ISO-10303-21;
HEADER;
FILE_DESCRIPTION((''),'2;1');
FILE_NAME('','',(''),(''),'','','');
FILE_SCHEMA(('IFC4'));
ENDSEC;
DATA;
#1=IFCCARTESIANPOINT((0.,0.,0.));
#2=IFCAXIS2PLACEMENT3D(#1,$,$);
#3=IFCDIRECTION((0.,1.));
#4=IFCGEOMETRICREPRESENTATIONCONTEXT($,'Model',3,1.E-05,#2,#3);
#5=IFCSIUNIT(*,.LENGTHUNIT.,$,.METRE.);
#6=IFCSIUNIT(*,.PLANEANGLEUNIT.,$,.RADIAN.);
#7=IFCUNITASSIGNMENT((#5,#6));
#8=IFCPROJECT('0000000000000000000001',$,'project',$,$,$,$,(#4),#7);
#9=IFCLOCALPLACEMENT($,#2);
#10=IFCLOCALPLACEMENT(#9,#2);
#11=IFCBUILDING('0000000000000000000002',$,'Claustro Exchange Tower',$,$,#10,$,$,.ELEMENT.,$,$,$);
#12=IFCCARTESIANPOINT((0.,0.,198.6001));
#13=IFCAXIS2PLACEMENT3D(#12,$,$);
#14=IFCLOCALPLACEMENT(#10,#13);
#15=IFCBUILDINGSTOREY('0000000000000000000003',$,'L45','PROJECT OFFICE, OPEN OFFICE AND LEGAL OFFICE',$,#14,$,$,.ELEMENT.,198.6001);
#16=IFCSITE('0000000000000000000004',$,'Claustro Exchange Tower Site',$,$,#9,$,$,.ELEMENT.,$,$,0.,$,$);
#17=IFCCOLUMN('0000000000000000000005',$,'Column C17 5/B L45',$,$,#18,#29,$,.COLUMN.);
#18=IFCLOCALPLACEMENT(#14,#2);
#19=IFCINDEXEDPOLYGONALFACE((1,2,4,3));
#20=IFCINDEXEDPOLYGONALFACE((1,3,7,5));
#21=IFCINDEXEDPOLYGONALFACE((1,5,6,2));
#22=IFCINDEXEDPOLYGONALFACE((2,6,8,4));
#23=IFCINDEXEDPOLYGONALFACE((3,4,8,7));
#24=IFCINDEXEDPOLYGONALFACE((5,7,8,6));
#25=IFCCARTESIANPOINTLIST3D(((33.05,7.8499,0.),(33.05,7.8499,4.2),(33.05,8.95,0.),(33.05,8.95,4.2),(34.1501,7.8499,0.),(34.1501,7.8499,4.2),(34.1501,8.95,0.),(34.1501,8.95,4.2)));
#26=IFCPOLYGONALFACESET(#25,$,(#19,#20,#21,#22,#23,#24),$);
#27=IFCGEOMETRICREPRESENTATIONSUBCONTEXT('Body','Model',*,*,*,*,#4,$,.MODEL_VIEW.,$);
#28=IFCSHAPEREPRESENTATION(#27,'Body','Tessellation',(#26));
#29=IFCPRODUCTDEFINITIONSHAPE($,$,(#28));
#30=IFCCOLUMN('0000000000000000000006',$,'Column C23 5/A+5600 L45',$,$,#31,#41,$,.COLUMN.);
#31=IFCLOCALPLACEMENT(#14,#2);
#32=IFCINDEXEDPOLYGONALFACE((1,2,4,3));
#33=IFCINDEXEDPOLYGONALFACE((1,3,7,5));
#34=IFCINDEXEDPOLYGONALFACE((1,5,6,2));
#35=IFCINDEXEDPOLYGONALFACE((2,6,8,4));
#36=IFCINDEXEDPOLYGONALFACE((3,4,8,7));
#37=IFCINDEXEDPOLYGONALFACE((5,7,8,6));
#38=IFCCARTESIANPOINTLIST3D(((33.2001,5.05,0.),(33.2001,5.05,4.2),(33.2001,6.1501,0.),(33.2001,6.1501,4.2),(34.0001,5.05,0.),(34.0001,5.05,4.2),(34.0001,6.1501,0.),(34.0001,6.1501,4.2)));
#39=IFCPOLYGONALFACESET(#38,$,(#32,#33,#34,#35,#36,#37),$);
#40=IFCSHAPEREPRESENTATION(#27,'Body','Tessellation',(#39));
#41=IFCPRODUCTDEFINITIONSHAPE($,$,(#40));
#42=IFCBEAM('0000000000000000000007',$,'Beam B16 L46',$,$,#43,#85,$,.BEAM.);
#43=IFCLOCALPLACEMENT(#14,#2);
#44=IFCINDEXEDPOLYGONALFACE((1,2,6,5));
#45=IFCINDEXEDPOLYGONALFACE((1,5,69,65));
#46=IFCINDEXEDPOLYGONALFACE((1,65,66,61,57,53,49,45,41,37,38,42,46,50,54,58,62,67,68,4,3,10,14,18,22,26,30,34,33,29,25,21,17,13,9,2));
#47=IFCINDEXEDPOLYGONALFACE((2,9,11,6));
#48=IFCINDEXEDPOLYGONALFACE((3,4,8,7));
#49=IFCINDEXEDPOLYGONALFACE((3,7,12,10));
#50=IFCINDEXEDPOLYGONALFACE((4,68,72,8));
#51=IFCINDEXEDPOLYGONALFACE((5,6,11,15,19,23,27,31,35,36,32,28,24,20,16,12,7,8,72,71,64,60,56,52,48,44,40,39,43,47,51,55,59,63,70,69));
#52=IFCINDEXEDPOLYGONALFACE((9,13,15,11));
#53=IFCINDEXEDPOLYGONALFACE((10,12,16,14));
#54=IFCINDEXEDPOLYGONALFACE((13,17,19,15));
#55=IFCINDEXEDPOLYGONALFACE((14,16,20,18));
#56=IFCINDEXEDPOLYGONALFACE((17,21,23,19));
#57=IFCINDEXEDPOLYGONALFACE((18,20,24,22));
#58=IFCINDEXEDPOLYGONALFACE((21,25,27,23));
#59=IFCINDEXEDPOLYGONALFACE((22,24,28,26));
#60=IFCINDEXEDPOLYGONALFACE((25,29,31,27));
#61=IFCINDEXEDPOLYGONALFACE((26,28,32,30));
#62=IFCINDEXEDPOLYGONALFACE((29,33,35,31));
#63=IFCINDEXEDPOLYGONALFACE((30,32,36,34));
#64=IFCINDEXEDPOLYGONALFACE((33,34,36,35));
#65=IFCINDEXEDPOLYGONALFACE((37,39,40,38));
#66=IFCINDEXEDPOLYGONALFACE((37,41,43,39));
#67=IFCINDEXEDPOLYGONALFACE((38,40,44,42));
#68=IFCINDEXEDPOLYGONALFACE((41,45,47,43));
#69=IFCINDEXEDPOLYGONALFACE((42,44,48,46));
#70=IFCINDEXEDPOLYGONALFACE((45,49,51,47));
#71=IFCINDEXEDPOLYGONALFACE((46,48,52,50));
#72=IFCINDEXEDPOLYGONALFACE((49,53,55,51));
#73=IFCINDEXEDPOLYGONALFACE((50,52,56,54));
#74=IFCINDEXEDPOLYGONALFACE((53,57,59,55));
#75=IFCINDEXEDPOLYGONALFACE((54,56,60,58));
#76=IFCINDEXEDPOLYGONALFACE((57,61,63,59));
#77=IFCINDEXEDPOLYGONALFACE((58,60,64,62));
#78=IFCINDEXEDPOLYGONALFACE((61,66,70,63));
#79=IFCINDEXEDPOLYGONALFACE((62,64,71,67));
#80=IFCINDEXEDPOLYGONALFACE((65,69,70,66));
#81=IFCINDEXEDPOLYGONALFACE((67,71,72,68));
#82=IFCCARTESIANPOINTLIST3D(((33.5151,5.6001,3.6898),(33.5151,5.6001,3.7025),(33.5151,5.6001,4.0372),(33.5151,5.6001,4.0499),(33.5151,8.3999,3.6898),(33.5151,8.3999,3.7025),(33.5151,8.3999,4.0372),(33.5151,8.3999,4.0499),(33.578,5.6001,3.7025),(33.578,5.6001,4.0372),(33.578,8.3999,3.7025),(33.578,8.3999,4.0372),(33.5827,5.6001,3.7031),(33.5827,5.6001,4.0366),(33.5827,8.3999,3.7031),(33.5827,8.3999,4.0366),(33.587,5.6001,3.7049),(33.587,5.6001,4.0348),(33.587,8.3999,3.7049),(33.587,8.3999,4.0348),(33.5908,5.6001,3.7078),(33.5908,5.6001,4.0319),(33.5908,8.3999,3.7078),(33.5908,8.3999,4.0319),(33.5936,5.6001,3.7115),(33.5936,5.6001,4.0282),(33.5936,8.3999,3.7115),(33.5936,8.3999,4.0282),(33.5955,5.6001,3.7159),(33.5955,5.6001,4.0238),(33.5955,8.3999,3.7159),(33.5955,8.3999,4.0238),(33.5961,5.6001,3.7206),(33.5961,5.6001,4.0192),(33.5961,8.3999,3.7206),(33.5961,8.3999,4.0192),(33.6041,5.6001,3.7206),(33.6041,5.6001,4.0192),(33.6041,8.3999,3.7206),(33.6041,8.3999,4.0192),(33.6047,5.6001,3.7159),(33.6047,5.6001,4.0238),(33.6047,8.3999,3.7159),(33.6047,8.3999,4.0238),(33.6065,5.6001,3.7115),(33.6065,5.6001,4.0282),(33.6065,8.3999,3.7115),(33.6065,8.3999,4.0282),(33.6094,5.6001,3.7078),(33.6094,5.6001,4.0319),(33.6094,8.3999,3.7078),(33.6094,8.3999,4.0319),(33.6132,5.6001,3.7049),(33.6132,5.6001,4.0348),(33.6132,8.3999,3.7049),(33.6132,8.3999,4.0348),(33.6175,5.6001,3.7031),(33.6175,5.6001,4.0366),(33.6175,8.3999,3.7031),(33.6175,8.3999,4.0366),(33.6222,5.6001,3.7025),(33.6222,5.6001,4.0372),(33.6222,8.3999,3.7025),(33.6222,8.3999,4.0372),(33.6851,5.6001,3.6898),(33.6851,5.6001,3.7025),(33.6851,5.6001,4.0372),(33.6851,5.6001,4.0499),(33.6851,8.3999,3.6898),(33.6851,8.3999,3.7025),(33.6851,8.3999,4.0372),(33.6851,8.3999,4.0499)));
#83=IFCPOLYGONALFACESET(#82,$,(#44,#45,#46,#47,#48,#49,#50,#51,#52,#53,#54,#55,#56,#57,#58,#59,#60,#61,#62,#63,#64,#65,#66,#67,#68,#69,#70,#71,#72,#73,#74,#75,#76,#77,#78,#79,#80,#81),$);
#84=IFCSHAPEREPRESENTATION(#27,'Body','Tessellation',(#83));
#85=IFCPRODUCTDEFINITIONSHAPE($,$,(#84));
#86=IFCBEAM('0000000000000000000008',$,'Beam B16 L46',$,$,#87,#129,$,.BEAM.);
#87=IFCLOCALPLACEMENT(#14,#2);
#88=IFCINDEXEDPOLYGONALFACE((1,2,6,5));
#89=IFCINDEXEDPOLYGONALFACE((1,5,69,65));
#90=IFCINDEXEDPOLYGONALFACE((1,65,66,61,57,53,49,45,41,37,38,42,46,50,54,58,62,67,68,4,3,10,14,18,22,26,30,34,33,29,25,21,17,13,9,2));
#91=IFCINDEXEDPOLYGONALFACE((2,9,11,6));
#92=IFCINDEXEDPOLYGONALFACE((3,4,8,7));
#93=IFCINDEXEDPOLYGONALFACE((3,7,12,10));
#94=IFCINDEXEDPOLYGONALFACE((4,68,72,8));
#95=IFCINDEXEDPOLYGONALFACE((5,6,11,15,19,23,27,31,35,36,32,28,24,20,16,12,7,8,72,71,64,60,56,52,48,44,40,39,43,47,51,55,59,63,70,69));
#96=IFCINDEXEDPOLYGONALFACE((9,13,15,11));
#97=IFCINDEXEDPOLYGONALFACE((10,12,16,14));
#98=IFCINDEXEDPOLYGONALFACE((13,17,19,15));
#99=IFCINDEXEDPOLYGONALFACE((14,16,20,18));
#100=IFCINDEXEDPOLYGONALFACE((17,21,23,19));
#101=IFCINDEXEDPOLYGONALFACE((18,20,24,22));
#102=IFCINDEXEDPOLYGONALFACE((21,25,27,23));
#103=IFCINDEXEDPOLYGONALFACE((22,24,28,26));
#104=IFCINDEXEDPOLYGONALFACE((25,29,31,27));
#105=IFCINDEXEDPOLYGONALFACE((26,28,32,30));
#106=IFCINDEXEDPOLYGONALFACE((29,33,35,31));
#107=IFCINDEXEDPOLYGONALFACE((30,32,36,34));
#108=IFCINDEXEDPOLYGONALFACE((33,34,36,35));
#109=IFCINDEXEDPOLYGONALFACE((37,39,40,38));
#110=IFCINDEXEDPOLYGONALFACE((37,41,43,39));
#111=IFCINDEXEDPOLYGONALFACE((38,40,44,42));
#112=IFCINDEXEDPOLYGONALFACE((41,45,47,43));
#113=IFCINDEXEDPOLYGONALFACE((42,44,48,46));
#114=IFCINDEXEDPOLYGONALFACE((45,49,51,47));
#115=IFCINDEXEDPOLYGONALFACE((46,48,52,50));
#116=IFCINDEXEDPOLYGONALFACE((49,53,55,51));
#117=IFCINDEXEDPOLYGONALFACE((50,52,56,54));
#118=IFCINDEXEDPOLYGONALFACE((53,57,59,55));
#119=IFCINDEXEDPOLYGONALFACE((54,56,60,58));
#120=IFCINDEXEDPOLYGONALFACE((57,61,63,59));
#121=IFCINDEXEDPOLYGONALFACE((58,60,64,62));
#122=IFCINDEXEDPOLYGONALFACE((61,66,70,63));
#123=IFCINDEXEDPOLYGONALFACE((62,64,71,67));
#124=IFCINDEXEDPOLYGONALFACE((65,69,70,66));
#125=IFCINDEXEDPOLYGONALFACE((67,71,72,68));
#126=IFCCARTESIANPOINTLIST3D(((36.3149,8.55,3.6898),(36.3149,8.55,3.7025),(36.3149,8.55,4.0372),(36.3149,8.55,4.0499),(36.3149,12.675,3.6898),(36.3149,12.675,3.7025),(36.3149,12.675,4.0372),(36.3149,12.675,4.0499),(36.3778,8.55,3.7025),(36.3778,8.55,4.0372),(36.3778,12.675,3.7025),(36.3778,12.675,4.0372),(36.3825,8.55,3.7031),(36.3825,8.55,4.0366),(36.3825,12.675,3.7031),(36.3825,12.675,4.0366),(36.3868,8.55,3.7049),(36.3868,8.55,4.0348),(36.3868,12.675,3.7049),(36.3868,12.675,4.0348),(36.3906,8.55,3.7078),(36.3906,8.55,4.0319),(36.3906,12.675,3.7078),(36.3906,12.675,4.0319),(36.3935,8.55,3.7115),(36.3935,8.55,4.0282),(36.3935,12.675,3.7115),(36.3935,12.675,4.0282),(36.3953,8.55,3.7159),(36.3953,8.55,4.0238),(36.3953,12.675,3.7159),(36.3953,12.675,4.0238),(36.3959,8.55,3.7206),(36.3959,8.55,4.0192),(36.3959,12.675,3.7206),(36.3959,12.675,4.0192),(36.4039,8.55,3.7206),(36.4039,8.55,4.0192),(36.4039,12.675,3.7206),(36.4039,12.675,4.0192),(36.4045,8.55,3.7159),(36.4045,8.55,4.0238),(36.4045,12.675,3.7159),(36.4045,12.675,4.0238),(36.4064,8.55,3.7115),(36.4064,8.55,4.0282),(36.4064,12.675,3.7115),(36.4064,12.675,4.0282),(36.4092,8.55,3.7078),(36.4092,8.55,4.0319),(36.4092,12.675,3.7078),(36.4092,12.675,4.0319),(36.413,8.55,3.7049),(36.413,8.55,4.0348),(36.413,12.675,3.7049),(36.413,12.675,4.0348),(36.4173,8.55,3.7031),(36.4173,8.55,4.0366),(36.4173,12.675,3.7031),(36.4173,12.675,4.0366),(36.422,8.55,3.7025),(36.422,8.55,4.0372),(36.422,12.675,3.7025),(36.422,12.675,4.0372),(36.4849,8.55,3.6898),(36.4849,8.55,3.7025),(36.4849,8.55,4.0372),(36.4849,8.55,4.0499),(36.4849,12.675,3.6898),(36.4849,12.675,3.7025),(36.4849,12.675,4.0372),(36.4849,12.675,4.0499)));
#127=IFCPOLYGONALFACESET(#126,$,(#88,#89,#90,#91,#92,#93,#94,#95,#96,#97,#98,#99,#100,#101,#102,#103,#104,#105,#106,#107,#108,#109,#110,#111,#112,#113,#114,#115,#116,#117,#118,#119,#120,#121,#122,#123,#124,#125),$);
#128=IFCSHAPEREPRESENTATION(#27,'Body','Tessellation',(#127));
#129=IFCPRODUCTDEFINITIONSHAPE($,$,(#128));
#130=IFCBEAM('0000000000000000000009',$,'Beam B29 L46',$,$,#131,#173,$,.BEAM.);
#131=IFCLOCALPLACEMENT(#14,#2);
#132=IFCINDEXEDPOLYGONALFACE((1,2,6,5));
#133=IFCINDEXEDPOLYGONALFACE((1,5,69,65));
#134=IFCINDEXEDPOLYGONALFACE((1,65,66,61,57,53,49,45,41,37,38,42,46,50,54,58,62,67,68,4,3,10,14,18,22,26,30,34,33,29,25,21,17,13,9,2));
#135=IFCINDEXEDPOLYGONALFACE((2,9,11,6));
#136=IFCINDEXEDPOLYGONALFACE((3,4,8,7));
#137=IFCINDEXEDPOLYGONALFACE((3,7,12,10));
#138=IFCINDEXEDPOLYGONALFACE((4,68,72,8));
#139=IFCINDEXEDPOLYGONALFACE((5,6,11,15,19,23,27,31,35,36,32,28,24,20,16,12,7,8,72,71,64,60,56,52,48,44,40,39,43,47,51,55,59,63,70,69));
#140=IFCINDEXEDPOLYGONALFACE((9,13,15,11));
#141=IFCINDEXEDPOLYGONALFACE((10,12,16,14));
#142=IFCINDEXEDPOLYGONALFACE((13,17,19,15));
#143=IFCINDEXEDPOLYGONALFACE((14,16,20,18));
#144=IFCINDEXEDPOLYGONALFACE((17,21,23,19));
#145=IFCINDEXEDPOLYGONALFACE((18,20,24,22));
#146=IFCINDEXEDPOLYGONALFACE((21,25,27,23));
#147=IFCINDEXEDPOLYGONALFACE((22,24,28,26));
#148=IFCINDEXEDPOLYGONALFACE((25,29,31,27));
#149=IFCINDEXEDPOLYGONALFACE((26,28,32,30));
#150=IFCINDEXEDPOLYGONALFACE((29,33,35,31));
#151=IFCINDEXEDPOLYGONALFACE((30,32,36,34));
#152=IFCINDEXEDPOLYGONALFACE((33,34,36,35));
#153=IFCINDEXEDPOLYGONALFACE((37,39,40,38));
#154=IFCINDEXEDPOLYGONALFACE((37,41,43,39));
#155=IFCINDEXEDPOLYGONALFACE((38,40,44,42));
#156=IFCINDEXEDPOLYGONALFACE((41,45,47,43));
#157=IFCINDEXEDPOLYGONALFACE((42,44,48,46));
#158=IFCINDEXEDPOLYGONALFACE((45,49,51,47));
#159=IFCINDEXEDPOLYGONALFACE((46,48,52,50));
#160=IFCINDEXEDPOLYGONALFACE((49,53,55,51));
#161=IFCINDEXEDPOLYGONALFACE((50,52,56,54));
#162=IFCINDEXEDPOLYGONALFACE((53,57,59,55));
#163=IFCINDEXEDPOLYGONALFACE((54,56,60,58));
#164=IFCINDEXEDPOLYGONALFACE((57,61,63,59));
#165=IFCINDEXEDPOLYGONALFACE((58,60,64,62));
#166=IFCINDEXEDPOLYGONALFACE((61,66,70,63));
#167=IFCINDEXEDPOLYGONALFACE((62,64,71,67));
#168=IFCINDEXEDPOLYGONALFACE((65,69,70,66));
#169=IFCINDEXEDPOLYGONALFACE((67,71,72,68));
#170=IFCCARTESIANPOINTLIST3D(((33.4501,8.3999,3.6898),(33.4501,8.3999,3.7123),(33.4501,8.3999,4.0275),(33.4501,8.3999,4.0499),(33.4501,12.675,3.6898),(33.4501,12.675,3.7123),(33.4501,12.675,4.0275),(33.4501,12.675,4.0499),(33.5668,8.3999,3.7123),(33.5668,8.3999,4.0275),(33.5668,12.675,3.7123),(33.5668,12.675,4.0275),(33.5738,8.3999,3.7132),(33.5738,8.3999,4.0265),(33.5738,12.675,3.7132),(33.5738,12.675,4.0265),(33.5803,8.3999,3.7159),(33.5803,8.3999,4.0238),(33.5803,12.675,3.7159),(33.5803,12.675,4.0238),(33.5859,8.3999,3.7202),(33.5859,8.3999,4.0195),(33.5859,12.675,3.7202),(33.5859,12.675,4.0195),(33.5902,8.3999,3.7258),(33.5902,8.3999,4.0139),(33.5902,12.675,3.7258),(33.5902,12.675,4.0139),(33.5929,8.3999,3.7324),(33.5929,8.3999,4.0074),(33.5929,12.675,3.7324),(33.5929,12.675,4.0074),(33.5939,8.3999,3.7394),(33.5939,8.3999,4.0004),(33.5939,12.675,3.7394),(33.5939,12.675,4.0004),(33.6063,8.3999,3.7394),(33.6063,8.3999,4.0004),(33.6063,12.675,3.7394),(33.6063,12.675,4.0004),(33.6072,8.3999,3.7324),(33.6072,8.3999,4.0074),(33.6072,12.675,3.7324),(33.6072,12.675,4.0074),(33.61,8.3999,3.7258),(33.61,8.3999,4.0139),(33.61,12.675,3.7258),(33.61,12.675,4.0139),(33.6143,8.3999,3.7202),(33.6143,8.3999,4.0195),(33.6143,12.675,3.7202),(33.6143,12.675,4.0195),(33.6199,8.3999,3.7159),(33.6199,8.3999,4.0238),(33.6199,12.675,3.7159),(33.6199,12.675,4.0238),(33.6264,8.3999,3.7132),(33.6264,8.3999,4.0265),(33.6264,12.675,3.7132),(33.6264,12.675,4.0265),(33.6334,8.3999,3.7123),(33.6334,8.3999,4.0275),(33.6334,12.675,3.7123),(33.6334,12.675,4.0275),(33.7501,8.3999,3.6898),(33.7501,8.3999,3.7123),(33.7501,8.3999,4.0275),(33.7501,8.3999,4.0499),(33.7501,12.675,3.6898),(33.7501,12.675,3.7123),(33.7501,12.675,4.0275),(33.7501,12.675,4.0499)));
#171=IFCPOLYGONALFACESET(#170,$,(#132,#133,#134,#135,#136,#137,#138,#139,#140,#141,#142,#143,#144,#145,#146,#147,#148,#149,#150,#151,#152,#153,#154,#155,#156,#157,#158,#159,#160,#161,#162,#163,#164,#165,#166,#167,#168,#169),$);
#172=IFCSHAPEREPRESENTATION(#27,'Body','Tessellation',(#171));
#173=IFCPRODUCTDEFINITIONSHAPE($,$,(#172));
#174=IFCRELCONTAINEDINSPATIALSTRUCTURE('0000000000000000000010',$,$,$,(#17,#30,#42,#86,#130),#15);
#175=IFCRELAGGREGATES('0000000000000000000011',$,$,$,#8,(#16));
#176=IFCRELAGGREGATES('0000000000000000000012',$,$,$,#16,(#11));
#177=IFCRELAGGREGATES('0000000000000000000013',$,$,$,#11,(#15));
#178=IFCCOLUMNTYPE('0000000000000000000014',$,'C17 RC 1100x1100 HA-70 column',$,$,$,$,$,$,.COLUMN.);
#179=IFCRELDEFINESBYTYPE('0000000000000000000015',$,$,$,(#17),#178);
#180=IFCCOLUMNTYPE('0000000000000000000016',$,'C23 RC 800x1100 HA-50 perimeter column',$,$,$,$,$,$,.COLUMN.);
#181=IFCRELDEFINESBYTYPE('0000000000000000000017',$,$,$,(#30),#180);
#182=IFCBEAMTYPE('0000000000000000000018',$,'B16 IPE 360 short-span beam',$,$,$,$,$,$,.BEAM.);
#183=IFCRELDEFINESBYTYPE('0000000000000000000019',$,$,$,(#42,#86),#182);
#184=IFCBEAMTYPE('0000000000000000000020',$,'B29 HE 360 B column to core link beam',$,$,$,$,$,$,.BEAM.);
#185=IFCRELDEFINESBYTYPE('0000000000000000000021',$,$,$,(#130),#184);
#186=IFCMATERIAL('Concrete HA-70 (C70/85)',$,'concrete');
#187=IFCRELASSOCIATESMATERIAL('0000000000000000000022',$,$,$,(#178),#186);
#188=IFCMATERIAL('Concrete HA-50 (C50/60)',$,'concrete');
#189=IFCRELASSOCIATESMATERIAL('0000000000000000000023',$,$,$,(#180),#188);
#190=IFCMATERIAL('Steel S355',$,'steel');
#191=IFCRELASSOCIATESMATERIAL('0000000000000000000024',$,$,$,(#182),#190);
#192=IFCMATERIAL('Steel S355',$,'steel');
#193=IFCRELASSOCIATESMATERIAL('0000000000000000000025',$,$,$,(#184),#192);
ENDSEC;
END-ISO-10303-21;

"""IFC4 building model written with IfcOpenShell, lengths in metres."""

from ifc_helpers import new_model, si_unit, direction, frame, origin, origin_2d, place, context, subcontext, project, spatial, rectangle, i_section, extrude, material, material_profile, profile_set, type_object, element, save


model = new_model("IFC4")

# Units and contexts
model_context = context("Model", 3, precision=1e-05, world=origin(), true_north=direction((0.0, 1.0)))
body_context = subcontext(model_context, "Body", "Model", "MODEL_VIEW")
ifc_project = project(units=[si_unit("LENGTHUNIT", "METRE"), si_unit("PLANEANGLEUNIT", "RADIAN")], contexts=[model_context])

# Site, building, storey
site_placement = place(None, origin())
site = spatial("IfcSite", under=ifc_project, at=site_placement, Name="Claustro Exchange Tower Site", CompositionType="ELEMENT", RefElevation=0.0)
building_placement = place(site_placement, origin())
building = spatial("IfcBuilding", under=site, at=building_placement, Name="Claustro Exchange Tower", CompositionType="ELEMENT")
storey_placement = place(building_placement, frame((0.0, 0.0, 198.6001)))
storey = spatial("IfcBuildingStorey", under=building, at=storey_placement, Name="L45", Description="PROJECT OFFICE, OPEN OFFICE AND LEGAL OFFICE", CompositionType="ELEMENT", Elevation=198.6001)

# Columns
ifc_material_1 = material(Name="Concrete HA-70 (C70/85)", Category="concrete")
ifc_material_profile_1 = material_profile(ifc_material_1, rectangle(XDim=1.1001, YDim=1.1001, at=origin_2d()), Name="RC 1100x1100")
ifc_profile_set_1 = profile_set([ifc_material_profile_1], Name="Concrete HA-70 (C70/85)")
column_type_1 = type_object("IfcColumnType", Name="C17 RC 1100x1100 HA-70 column", PredefinedType="COLUMN", material=ifc_profile_set_1)
column_1_placement = place(storey_placement, frame((33.6001, 8.3999, 0.0), z_axis=(0.0, 0.0, 1.0), x_axis=(1.0, 0.0, 0.0)))
element("IfcColumn", 1, at=column_1_placement, inside=storey, type_object=column_type_1, Name="Column C17 5/B L45", PredefinedType="COLUMN", context=body_context, shape_type="SweptSolid", body=[
    extrude(rectangle(XDim=1.1001, YDim=1.1001, at=origin_2d()), origin(), (0.0, 0.0, 1.0), 4.2),
])
ifc_material_2 = material(Name="Concrete HA-50 (C50/60)", Category="concrete")
ifc_material_profile_2 = material_profile(ifc_material_2, rectangle(XDim=0.8, YDim=1.1001, at=origin_2d()), Name="RC 800x1100")
ifc_profile_set_2 = profile_set([ifc_material_profile_2], Name="Concrete HA-50 (C50/60)")
column_type_2 = type_object("IfcColumnType", Name="C23 RC 800x1100 HA-50 perimeter column", PredefinedType="COLUMN", material=ifc_profile_set_2)
column_2_placement = place(storey_placement, frame((33.6001, 5.6001, 0.0), z_axis=(0.0, 0.0, 1.0), x_axis=(1.0, 0.0, 0.0)))
element("IfcColumn", 2, at=column_2_placement, inside=storey, type_object=column_type_2, Name="Column C23 5/A+5600 L45", PredefinedType="COLUMN", context=body_context, shape_type="SweptSolid", body=[
    extrude(rectangle(XDim=0.8, YDim=1.1001, at=origin_2d()), origin(), (0.0, 0.0, 1.0), 4.2),
])

# Beams
ifc_material_3 = material(Name="Steel S355", Category="steel")
ifc_material_profile_3 = material_profile(ifc_material_3, i_section(OverallWidth=0.1699, OverallDepth=0.3601, WebThickness=0.0081, FlangeThickness=0.0127, FilletRadius=0.0181, at=origin_2d()), Name="IPE 360")
ifc_profile_set_3 = profile_set([ifc_material_profile_3], Name="Steel S355")
beam_type_1 = type_object("IfcBeamType", Name="B16 IPE 360 short-span beam", PredefinedType="BEAM", material=ifc_profile_set_3)
beam_1_placement = place(storey_placement, frame((33.6001, 5.6001, 3.8699), z_axis=(0.0, 1.0, 0.0), x_axis=(-1.0, 0.0, 0.0)))
element("IfcBeam", 3, at=beam_1_placement, inside=storey, type_object=beam_type_1, Name="Beam B16 L46", PredefinedType="BEAM", context=body_context, shape_type="SweptSolid", body=[
    extrude(i_section(OverallWidth=0.1699, OverallDepth=0.3601, WebThickness=0.0081, FlangeThickness=0.0127, FilletRadius=0.0181, at=origin_2d()), origin(), (0.0, 0.0, 1.0), 2.7998),
])
beam_2_placement = place(storey_placement, frame((36.3999, 8.55, 3.8699), z_axis=(0.0, 1.0, 0.0), x_axis=(-1.0, 0.0, 0.0)))
element("IfcBeam", 4, at=beam_2_placement, inside=storey, type_object=beam_type_1, Name="Beam B16 L46", PredefinedType="BEAM", context=body_context, shape_type="SweptSolid", body=[
    extrude(i_section(OverallWidth=0.1699, OverallDepth=0.3601, WebThickness=0.0081, FlangeThickness=0.0127, FilletRadius=0.0181, at=origin_2d()), origin(), (0.0, 0.0, 1.0), 4.125),
])
ifc_material_4 = material(Name="Steel S355", Category="steel")
ifc_material_profile_4 = material_profile(ifc_material_4, i_section(OverallWidth=0.3, OverallDepth=0.3601, WebThickness=0.0125, FlangeThickness=0.0225, FilletRadius=0.0271, at=origin_2d()), Name="HE 360 B")
ifc_profile_set_4 = profile_set([ifc_material_profile_4], Name="Steel S355")
beam_type_2 = type_object("IfcBeamType", Name="B29 HE 360 B column to core link beam", PredefinedType="BEAM", material=ifc_profile_set_4)
beam_3_placement = place(storey_placement, frame((33.6001, 8.3999, 3.8699), z_axis=(0.0, 1.0, 0.0), x_axis=(-1.0, 0.0, 0.0)))
element("IfcBeam", 5, at=beam_3_placement, inside=storey, type_object=beam_type_2, Name="Beam B29 L46", PredefinedType="BEAM", context=body_context, shape_type="SweptSolid", body=[
    extrude(i_section(OverallWidth=0.3, OverallDepth=0.3601, WebThickness=0.0125, FlangeThickness=0.0225, FilletRadius=0.0271, at=origin_2d()), origin(), (0.0, 0.0, 1.0), 4.2751),
])

save(model, "model.ifc")
